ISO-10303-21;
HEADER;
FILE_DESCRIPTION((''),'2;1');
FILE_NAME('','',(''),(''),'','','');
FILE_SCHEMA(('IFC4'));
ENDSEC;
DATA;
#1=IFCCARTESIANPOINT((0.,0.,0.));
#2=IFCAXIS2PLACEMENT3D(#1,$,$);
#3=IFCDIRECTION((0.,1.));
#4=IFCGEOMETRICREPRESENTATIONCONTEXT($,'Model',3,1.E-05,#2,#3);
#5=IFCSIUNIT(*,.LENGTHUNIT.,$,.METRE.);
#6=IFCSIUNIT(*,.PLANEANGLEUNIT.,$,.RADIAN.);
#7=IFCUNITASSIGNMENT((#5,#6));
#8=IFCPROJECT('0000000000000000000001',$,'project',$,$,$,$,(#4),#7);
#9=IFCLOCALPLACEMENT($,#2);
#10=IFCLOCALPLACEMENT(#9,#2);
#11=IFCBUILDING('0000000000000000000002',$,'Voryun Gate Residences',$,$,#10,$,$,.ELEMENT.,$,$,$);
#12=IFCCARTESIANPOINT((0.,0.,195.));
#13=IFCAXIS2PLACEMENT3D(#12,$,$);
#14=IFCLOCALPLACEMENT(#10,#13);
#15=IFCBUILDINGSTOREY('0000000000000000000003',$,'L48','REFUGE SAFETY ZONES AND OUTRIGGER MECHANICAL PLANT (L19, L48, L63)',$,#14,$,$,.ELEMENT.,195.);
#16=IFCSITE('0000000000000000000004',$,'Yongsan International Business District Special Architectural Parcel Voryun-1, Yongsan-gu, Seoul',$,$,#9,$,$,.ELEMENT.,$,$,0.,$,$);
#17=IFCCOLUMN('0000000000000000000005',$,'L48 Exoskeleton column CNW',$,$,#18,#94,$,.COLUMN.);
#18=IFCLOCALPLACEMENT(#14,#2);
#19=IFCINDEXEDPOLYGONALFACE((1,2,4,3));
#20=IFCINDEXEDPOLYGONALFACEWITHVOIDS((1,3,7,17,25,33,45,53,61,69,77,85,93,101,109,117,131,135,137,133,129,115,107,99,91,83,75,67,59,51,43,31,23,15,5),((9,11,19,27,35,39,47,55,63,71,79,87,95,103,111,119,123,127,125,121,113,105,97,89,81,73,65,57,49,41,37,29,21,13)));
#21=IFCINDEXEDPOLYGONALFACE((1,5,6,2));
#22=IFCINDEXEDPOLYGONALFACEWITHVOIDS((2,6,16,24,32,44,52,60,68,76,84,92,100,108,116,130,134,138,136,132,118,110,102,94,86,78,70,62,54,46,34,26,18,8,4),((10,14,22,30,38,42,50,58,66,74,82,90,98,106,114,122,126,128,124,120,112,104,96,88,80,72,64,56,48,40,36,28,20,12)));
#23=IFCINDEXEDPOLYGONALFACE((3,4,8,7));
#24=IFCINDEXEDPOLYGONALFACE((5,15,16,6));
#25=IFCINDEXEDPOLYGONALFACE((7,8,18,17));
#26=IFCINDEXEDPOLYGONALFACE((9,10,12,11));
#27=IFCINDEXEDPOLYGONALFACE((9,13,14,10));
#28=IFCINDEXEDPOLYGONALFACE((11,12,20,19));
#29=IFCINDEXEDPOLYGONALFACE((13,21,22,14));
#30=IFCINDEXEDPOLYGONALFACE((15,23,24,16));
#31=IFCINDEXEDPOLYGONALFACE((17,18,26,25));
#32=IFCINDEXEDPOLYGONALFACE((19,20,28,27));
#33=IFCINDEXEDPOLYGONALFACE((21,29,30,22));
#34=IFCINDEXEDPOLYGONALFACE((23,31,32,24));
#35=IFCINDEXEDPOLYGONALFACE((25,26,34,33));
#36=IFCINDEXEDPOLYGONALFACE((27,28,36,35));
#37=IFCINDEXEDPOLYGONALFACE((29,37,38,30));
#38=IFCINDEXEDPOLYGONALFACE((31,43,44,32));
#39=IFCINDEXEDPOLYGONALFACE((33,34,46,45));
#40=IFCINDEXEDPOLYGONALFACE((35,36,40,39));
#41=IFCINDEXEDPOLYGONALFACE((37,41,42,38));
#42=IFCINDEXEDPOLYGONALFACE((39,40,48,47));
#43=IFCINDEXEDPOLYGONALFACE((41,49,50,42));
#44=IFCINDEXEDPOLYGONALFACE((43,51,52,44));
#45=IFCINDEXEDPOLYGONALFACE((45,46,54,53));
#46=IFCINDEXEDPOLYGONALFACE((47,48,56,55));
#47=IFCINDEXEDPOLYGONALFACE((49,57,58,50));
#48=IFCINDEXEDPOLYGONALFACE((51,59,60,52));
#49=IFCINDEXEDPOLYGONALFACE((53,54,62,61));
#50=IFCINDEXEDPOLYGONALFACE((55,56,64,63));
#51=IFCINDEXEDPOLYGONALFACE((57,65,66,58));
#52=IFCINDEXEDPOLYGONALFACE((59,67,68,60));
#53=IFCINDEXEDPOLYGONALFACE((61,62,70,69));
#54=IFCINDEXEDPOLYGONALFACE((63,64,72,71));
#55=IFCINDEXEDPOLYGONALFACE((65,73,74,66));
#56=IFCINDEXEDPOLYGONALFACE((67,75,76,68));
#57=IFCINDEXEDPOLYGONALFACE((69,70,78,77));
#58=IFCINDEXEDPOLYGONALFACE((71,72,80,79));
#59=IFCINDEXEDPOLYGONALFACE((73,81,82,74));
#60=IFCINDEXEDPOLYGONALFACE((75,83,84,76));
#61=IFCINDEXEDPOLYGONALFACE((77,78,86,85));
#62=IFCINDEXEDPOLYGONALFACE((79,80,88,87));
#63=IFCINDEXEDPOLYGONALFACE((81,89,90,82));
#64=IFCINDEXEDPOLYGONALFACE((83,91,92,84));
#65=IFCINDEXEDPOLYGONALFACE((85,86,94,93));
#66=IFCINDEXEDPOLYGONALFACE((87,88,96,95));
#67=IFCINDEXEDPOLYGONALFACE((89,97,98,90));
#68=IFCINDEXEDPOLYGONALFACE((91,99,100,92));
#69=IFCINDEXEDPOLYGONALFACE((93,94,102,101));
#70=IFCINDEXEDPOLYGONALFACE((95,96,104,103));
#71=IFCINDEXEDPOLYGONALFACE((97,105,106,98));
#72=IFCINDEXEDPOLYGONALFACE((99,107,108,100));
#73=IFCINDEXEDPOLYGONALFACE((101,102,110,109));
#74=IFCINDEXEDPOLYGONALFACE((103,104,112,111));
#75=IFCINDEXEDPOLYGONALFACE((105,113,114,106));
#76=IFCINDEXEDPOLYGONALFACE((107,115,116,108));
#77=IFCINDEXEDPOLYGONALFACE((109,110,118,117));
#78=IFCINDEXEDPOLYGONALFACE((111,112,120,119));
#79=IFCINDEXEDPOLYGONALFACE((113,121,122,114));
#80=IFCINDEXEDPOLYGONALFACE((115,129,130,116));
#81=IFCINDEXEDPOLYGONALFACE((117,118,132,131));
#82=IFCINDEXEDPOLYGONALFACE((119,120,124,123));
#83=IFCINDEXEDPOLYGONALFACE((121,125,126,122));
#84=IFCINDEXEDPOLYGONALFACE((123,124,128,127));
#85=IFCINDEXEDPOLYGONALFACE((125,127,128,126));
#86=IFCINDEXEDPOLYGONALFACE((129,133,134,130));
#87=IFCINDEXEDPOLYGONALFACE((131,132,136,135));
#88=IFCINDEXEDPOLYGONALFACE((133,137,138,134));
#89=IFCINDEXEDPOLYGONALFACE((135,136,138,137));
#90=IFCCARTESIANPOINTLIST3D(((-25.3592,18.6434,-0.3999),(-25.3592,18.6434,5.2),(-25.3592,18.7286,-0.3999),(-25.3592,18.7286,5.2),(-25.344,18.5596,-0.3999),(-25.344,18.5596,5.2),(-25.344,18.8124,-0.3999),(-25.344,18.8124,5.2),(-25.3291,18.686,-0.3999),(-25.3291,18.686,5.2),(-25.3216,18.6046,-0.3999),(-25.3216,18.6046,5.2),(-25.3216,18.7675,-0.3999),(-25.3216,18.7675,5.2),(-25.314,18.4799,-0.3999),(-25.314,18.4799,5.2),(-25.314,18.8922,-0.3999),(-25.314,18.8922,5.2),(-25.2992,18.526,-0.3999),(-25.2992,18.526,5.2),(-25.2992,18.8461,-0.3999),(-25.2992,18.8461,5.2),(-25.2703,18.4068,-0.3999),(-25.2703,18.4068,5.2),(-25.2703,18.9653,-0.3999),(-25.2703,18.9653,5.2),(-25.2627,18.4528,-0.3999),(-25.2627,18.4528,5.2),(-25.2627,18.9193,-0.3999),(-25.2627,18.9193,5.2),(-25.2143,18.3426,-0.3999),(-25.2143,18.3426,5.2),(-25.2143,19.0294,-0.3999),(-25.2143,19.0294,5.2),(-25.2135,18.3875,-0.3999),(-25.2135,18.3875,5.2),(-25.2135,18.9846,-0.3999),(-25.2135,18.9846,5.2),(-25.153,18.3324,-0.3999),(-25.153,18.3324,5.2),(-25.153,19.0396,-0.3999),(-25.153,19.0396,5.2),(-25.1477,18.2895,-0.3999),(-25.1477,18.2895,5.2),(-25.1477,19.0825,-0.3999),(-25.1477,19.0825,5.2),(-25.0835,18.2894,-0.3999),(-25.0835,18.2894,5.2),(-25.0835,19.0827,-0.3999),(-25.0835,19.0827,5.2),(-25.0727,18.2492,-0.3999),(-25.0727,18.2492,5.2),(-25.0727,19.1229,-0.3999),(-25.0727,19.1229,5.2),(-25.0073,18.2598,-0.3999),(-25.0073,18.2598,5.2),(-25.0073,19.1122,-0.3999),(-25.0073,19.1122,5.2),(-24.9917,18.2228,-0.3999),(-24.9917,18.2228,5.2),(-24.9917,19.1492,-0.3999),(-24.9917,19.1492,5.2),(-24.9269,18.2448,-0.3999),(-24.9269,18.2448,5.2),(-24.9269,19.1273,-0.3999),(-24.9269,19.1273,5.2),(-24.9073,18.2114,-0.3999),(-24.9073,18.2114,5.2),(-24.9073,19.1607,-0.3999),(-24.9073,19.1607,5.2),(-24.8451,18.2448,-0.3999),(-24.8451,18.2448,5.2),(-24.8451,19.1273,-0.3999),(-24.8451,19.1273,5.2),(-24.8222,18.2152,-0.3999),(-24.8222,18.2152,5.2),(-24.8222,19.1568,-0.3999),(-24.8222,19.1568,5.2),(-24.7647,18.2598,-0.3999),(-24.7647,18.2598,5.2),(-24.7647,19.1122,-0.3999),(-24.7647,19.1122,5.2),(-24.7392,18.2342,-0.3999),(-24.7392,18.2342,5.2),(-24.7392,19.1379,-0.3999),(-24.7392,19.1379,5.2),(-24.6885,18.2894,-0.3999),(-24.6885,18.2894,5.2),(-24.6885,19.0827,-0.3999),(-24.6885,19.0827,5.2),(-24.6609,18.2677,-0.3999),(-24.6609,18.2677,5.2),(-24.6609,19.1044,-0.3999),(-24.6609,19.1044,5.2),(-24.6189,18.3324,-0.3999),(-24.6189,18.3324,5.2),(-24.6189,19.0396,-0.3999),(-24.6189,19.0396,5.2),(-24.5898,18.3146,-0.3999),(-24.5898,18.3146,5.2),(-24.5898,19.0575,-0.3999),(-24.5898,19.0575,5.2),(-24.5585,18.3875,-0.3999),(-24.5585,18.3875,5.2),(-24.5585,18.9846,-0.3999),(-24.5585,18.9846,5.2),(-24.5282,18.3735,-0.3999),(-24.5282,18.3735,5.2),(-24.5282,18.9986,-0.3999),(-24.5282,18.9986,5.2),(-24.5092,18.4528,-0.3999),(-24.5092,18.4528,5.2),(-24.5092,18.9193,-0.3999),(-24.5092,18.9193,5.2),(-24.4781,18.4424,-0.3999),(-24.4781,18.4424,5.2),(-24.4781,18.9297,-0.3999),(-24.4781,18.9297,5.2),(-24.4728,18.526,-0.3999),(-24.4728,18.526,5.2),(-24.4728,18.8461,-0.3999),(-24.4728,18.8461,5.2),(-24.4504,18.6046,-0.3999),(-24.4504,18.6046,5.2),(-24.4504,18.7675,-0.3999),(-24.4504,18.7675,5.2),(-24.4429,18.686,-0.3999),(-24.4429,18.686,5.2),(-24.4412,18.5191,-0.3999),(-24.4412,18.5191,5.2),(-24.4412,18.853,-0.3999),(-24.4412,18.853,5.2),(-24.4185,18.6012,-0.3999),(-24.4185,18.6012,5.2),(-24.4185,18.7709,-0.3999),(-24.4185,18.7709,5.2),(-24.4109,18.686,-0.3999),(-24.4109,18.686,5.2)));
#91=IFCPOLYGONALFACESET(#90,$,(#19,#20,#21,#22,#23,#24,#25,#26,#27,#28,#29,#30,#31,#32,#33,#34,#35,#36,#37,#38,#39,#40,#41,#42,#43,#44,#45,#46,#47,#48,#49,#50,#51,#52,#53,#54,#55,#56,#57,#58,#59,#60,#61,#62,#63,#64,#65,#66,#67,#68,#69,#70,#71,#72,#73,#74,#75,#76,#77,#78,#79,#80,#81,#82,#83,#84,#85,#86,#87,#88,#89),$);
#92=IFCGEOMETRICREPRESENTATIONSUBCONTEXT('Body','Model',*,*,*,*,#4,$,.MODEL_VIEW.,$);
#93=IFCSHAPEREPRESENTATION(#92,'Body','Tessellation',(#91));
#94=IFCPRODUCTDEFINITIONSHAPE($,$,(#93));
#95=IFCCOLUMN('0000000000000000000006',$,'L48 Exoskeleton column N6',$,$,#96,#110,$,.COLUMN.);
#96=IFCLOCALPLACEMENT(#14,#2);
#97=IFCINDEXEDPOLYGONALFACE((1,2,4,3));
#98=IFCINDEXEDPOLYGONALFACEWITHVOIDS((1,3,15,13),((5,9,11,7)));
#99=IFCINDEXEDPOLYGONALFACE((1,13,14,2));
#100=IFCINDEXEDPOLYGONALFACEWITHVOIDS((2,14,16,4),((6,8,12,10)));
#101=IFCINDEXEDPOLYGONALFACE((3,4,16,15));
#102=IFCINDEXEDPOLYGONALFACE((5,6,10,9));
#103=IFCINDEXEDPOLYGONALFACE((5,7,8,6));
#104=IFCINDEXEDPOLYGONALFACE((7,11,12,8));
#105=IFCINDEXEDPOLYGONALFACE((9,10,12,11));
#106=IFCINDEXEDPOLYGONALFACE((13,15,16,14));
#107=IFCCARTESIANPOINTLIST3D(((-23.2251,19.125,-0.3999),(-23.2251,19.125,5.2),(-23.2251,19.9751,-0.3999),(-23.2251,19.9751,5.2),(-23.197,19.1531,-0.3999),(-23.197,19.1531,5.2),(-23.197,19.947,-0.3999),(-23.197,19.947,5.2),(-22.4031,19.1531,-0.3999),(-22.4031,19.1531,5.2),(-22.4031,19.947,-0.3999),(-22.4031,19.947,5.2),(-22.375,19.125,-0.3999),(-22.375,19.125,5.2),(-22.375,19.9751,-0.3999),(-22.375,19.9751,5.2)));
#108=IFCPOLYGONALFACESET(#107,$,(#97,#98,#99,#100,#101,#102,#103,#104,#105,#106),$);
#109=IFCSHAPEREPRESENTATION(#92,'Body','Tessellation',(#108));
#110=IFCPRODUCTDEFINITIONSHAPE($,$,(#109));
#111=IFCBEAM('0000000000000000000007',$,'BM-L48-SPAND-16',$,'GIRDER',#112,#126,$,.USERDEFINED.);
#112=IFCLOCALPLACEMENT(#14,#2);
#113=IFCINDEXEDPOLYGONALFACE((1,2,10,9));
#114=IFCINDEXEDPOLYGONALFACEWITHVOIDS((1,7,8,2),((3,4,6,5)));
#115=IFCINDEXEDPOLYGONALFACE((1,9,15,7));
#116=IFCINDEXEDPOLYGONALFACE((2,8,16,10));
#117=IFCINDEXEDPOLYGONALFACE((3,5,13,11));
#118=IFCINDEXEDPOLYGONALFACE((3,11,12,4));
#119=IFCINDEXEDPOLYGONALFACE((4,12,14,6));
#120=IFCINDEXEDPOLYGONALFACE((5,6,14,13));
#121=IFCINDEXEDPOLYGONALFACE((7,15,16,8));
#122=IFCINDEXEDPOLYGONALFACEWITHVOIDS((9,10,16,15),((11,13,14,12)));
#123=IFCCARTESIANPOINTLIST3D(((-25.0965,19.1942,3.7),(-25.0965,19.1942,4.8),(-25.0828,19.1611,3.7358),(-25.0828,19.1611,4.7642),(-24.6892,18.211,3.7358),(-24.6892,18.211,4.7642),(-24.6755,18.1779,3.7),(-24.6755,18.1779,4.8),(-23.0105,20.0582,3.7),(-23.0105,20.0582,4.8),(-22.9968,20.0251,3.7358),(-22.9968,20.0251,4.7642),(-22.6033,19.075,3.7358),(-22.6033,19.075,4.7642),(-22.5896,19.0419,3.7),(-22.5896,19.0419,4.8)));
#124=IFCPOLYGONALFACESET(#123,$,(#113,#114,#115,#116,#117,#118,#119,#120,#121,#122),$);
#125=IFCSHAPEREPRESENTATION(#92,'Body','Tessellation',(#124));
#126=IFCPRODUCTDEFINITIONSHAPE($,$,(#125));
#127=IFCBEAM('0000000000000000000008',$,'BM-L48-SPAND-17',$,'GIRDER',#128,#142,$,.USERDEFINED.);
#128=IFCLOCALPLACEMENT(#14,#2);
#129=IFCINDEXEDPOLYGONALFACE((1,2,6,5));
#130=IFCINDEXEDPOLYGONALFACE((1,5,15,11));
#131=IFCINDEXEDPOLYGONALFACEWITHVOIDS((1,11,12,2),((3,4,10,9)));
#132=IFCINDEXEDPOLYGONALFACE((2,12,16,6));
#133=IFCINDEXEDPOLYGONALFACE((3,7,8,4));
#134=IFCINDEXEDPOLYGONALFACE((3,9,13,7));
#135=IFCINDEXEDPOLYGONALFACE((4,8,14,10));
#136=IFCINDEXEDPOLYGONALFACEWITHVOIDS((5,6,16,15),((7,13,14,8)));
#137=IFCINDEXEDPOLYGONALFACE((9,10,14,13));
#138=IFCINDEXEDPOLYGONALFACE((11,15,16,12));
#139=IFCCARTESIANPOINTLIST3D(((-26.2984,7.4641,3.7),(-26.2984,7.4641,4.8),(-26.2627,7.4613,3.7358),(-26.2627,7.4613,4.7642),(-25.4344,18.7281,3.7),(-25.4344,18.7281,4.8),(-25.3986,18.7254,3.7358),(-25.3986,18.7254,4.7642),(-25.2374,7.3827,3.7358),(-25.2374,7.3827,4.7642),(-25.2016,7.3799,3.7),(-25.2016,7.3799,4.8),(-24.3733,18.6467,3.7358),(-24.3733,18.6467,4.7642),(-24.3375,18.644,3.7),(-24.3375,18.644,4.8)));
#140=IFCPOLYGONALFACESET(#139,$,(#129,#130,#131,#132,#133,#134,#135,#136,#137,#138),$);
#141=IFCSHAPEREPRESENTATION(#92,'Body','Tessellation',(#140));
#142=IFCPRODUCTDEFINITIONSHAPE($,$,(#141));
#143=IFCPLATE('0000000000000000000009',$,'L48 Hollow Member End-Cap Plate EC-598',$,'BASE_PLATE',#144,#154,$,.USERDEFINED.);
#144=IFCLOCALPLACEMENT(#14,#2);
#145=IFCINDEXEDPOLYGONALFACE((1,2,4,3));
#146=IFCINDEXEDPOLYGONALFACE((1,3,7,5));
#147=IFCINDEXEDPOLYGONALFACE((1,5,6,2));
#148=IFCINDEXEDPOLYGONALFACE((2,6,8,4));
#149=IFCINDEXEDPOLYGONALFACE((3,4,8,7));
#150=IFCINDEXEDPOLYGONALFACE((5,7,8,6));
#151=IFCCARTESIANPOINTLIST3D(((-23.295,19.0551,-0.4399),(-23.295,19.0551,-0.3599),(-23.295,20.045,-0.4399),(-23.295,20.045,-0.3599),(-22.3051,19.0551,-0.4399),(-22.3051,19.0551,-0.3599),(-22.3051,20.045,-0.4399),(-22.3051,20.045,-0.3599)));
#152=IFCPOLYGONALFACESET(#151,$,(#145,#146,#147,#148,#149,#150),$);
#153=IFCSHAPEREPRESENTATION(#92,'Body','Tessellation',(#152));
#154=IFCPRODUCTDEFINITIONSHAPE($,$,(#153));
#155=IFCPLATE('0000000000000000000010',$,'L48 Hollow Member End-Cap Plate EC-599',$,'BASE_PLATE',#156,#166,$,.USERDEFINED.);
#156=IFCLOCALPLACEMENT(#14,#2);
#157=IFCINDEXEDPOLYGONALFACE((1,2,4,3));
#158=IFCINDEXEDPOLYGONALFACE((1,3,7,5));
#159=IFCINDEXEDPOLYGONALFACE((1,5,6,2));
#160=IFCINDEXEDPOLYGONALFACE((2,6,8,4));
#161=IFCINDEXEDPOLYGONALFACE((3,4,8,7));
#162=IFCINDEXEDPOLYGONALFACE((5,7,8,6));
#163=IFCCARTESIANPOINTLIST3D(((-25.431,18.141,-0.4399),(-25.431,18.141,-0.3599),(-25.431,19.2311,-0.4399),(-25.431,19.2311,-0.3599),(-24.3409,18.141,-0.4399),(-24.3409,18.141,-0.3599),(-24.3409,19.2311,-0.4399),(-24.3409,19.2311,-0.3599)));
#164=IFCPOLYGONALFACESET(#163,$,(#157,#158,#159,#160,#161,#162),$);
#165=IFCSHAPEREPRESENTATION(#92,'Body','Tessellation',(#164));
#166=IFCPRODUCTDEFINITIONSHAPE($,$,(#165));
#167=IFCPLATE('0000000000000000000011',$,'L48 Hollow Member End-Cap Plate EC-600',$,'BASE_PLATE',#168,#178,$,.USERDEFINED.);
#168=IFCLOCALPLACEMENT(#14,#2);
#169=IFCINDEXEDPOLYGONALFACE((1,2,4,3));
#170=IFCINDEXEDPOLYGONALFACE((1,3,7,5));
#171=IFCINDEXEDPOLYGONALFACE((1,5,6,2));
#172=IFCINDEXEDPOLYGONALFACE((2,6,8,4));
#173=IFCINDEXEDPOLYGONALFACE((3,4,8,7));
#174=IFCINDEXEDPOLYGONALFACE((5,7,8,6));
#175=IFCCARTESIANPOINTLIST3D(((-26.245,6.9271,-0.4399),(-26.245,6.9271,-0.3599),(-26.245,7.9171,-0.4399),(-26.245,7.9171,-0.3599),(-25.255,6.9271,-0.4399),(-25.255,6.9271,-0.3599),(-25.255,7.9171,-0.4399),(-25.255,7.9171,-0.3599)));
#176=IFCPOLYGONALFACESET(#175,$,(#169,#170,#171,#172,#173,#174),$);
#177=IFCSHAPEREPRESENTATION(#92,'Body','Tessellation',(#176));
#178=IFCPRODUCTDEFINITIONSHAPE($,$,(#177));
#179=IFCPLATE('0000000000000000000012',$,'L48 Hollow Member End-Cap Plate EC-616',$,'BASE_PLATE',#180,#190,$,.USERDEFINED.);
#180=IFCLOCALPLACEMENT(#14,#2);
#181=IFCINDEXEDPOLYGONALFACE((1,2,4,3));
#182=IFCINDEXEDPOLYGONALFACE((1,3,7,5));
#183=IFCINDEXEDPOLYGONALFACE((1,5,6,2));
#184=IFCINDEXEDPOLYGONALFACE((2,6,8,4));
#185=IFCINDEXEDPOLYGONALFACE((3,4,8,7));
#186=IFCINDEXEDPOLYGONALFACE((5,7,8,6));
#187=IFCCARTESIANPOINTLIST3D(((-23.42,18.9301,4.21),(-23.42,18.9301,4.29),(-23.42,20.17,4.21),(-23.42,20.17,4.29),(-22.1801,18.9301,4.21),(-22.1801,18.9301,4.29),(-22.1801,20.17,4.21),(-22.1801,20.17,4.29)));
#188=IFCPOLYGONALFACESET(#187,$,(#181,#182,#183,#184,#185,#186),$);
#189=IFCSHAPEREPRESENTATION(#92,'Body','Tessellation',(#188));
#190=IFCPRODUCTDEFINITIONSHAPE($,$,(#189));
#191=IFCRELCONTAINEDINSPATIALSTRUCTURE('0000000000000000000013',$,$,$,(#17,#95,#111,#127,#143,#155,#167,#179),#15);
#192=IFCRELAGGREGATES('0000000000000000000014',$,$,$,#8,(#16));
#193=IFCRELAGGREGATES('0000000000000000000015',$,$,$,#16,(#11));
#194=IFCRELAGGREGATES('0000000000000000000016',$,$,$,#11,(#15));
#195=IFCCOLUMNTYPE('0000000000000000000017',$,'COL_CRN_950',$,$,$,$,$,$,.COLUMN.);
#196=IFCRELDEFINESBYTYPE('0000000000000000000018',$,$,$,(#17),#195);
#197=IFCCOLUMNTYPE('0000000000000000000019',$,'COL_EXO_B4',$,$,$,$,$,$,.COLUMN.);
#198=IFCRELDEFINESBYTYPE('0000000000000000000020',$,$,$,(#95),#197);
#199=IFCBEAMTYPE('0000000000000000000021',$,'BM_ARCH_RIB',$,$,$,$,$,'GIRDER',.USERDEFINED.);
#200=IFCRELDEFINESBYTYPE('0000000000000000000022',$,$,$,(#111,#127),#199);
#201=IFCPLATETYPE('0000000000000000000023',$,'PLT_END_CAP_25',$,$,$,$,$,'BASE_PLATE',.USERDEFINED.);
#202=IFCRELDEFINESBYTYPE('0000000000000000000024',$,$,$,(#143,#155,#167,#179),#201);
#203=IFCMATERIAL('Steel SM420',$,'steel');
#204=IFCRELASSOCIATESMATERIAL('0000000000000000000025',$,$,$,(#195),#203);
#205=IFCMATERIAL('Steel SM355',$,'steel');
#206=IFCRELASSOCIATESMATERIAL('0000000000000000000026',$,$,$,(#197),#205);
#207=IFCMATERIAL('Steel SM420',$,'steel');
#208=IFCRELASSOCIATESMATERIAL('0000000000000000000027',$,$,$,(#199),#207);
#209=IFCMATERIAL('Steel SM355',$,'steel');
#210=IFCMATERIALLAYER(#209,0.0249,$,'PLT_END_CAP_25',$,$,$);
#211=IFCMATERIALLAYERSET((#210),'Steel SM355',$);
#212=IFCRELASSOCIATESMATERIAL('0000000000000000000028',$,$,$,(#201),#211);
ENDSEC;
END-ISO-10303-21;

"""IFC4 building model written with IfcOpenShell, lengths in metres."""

from ifc_helpers import new_model, si_unit, direction, frame, origin, origin_2d, place, context, subcontext, project, spatial, rectangle, hollow_rectangle, hollow_circle, extrude, material, layer, layer_set, material_profile, profile_set, type_object, element, save


model = new_model("IFC4")

# Units and contexts
model_context = context("Model", 3, precision=1e-05, world=origin(), true_north=direction((0.0, 1.0)))
body_context = subcontext(model_context, "Body", "Model", "MODEL_VIEW")
ifc_project = project(units=[si_unit("LENGTHUNIT", "METRE"), si_unit("PLANEANGLEUNIT", "RADIAN")], contexts=[model_context])

# Site, building, storey
site_placement = place(None, origin())
site = spatial("IfcSite", under=ifc_project, at=site_placement, Name="Yongsan International Business District Special Architectural Parcel Voryun-1, Yongsan-gu, Seoul", CompositionType="ELEMENT", RefElevation=0.0)
building_placement = place(site_placement, origin())
building = spatial("IfcBuilding", under=site, at=building_placement, Name="Voryun Gate Residences", CompositionType="ELEMENT")
storey_placement = place(building_placement, frame((0.0, 0.0, 195.0)))
storey = spatial("IfcBuildingStorey", under=building, at=storey_placement, Name="L48", Description="REFUGE SAFETY ZONES AND OUTRIGGER MECHANICAL PLANT (L19, L48, L63)", CompositionType="ELEMENT", Elevation=195.0)

# Columns
ifc_material_1 = material(Name="Steel SM420", Category="steel")
ifc_material_profile_1 = material_profile(ifc_material_1, hollow_circle(Radius=0.4751, WallThickness=0.032, at=origin_2d()), Name="CHS-950x32")
ifc_profile_set_1 = profile_set([ifc_material_profile_1], Name="Steel SM420")
column_type_1 = type_object("IfcColumnType", Name="COL_CRN_950", PredefinedType="COLUMN", material=ifc_profile_set_1)
column_1_placement = place(storey_placement, frame((-24.886, 18.686, -0.3999), z_axis=(0.0, 0.0, 1.0), x_axis=(1.0, 0.0, 0.0)))
element("IfcColumn", 1, at=column_1_placement, inside=storey, type_object=column_type_1, Name="L48 Exoskeleton column CNW", PredefinedType="COLUMN", context=body_context, shape_type="SweptSolid", body=[
    extrude(hollow_circle(Radius=0.4751, WallThickness=0.032, at=origin_2d()), origin(), (0.0, 0.0, 1.0), 5.5999),
])
ifc_material_2 = material(Name="Steel SM355", Category="steel")
ifc_material_profile_2 = material_profile(ifc_material_2, hollow_rectangle(XDim=0.8501, YDim=0.8501, WallThickness=0.0281, at=origin_2d()), Name="BOX-850x850x28")
ifc_profile_set_2 = profile_set([ifc_material_profile_2], Name="Steel SM355")
column_type_2 = type_object("IfcColumnType", Name="COL_EXO_B4", PredefinedType="COLUMN", material=ifc_profile_set_2)
column_2_placement = place(storey_placement, frame((-22.8, 19.55, -0.3999), z_axis=(0.0, 0.0, 1.0), x_axis=(1.0, 0.0, 0.0)))
element("IfcColumn", 2, at=column_2_placement, inside=storey, type_object=column_type_2, Name="L48 Exoskeleton column N6", PredefinedType="COLUMN", context=body_context, shape_type="SweptSolid", body=[
    extrude(hollow_rectangle(XDim=0.8501, YDim=0.8501, WallThickness=0.0281, at=origin_2d()), origin(), (0.0, 0.0, 1.0), 5.5999),
])

# Beams
ifc_material_3 = material(Name="Steel SM420", Category="steel")
ifc_material_profile_3 = material_profile(ifc_material_3, hollow_rectangle(XDim=1.1001, YDim=1.1001, WallThickness=0.0359, at=origin_2d()), Name="BOX-1100x1100x36")
ifc_profile_set_3 = profile_set([ifc_material_profile_3], Name="Steel SM420")
beam_type = type_object("IfcBeamType", Name="BM_ARCH_RIB", ElementType="GIRDER", PredefinedType="USERDEFINED", material=ifc_profile_set_3)
beam_1_placement = place(storey_placement, frame((-22.8, 19.55, 4.25), z_axis=(-0.923881, -0.38268, 0.0), x_axis=(0.38268, -0.923881, 0.0)))
element("IfcBeam", 3, at=beam_1_placement, inside=storey, type_object=beam_type, Name="BM-L48-SPAND-16", ObjectType="GIRDER", PredefinedType="USERDEFINED", context=body_context, shape_type="SweptSolid", body=[
    extrude(hollow_rectangle(XDim=1.1001, YDim=1.1001, WallThickness=0.0359, at=origin_2d()), origin(), (0.0, 0.0, 1.0), 2.2578),
])
beam_2_placement = place(storey_placement, frame((-24.886, 18.686, 4.25), z_axis=(-0.076482, -0.997071, 0.0), x_axis=(0.997071, -0.076482, 0.0)))
element("IfcBeam", 4, at=beam_2_placement, inside=storey, type_object=beam_type, Name="BM-L48-SPAND-17", ObjectType="GIRDER", PredefinedType="USERDEFINED", context=body_context, shape_type="SweptSolid", body=[
    extrude(hollow_rectangle(XDim=1.1001, YDim=1.1001, WallThickness=0.0359, at=origin_2d()), origin(), (0.0, 0.0, 1.0), 11.2971),
])

# Plates
ifc_material_4 = material(Name="Steel SM355", Category="steel")
ifc_layer_1 = layer(ifc_material_4, 0.0249, Name="PLT_END_CAP_25")
ifc_layer_set_1 = layer_set([ifc_layer_1], Name="Steel SM355")
plate_type = type_object("IfcPlateType", Name="PLT_END_CAP_25", ElementType="BASE_PLATE", PredefinedType="USERDEFINED", material=ifc_layer_set_1)
plate_1_placement = place(storey_placement, frame((-22.8, 19.55, -0.4399), z_axis=(0.0, 0.0, 1.0), x_axis=(1.0, 0.0, 0.0)))
element("IfcPlate", 5, at=plate_1_placement, inside=storey, type_object=plate_type, Name="L48 Hollow Member End-Cap Plate EC-598", ObjectType="BASE_PLATE", PredefinedType="USERDEFINED", context=body_context, shape_type="SweptSolid", body=[
    extrude(rectangle(XDim=0.99, YDim=0.99, at=origin_2d()), origin(), (0.0, 0.0, 1.0), 0.0801),
])
plate_2_placement = place(storey_placement, frame((-24.886, 18.686, -0.4399), z_axis=(0.0, 0.0, 1.0), x_axis=(1.0, 0.0, 0.0)))
element("IfcPlate", 6, at=plate_2_placement, inside=storey, type_object=plate_type, Name="L48 Hollow Member End-Cap Plate EC-599", ObjectType="BASE_PLATE", PredefinedType="USERDEFINED", context=body_context, shape_type="SweptSolid", body=[
    extrude(rectangle(XDim=1.0901, YDim=1.0901, at=origin_2d()), origin(), (0.0, 0.0, 1.0), 0.0801),
])
plate_3_placement = place(storey_placement, frame((-25.75, 7.4221, -0.4399), z_axis=(0.0, 0.0, 1.0), x_axis=(1.0, 0.0, 0.0)))
element("IfcPlate", 7, at=plate_3_placement, inside=storey, type_object=plate_type, Name="L48 Hollow Member End-Cap Plate EC-600", ObjectType="BASE_PLATE", PredefinedType="USERDEFINED", context=body_context, shape_type="SweptSolid", body=[
    extrude(rectangle(XDim=0.99, YDim=0.99, at=origin_2d()), origin(), (0.0, 0.0, 1.0), 0.0801),
])
for number, where, z_axis, x_axis, name in (
    (8, (-22.8, 19.55, 4.21), (0.0, 0.0, 1.0), (1.0, 0.0, 0.0), "L48 Hollow Member End-Cap Plate EC-616"),
):
    element("IfcPlate", number, at=place(storey_placement, frame(where, z_axis=z_axis, x_axis=x_axis)), inside=storey, type_object=plate_type, Name=name, ObjectType="BASE_PLATE", PredefinedType="USERDEFINED", context=body_context, shape_type="SweptSolid", body=[
        extrude(rectangle(XDim=1.24, YDim=1.24, at=origin_2d()), origin(), (0.0, 0.0, 1.0), 0.0801),
    ])

save(model, "model.ifc")
